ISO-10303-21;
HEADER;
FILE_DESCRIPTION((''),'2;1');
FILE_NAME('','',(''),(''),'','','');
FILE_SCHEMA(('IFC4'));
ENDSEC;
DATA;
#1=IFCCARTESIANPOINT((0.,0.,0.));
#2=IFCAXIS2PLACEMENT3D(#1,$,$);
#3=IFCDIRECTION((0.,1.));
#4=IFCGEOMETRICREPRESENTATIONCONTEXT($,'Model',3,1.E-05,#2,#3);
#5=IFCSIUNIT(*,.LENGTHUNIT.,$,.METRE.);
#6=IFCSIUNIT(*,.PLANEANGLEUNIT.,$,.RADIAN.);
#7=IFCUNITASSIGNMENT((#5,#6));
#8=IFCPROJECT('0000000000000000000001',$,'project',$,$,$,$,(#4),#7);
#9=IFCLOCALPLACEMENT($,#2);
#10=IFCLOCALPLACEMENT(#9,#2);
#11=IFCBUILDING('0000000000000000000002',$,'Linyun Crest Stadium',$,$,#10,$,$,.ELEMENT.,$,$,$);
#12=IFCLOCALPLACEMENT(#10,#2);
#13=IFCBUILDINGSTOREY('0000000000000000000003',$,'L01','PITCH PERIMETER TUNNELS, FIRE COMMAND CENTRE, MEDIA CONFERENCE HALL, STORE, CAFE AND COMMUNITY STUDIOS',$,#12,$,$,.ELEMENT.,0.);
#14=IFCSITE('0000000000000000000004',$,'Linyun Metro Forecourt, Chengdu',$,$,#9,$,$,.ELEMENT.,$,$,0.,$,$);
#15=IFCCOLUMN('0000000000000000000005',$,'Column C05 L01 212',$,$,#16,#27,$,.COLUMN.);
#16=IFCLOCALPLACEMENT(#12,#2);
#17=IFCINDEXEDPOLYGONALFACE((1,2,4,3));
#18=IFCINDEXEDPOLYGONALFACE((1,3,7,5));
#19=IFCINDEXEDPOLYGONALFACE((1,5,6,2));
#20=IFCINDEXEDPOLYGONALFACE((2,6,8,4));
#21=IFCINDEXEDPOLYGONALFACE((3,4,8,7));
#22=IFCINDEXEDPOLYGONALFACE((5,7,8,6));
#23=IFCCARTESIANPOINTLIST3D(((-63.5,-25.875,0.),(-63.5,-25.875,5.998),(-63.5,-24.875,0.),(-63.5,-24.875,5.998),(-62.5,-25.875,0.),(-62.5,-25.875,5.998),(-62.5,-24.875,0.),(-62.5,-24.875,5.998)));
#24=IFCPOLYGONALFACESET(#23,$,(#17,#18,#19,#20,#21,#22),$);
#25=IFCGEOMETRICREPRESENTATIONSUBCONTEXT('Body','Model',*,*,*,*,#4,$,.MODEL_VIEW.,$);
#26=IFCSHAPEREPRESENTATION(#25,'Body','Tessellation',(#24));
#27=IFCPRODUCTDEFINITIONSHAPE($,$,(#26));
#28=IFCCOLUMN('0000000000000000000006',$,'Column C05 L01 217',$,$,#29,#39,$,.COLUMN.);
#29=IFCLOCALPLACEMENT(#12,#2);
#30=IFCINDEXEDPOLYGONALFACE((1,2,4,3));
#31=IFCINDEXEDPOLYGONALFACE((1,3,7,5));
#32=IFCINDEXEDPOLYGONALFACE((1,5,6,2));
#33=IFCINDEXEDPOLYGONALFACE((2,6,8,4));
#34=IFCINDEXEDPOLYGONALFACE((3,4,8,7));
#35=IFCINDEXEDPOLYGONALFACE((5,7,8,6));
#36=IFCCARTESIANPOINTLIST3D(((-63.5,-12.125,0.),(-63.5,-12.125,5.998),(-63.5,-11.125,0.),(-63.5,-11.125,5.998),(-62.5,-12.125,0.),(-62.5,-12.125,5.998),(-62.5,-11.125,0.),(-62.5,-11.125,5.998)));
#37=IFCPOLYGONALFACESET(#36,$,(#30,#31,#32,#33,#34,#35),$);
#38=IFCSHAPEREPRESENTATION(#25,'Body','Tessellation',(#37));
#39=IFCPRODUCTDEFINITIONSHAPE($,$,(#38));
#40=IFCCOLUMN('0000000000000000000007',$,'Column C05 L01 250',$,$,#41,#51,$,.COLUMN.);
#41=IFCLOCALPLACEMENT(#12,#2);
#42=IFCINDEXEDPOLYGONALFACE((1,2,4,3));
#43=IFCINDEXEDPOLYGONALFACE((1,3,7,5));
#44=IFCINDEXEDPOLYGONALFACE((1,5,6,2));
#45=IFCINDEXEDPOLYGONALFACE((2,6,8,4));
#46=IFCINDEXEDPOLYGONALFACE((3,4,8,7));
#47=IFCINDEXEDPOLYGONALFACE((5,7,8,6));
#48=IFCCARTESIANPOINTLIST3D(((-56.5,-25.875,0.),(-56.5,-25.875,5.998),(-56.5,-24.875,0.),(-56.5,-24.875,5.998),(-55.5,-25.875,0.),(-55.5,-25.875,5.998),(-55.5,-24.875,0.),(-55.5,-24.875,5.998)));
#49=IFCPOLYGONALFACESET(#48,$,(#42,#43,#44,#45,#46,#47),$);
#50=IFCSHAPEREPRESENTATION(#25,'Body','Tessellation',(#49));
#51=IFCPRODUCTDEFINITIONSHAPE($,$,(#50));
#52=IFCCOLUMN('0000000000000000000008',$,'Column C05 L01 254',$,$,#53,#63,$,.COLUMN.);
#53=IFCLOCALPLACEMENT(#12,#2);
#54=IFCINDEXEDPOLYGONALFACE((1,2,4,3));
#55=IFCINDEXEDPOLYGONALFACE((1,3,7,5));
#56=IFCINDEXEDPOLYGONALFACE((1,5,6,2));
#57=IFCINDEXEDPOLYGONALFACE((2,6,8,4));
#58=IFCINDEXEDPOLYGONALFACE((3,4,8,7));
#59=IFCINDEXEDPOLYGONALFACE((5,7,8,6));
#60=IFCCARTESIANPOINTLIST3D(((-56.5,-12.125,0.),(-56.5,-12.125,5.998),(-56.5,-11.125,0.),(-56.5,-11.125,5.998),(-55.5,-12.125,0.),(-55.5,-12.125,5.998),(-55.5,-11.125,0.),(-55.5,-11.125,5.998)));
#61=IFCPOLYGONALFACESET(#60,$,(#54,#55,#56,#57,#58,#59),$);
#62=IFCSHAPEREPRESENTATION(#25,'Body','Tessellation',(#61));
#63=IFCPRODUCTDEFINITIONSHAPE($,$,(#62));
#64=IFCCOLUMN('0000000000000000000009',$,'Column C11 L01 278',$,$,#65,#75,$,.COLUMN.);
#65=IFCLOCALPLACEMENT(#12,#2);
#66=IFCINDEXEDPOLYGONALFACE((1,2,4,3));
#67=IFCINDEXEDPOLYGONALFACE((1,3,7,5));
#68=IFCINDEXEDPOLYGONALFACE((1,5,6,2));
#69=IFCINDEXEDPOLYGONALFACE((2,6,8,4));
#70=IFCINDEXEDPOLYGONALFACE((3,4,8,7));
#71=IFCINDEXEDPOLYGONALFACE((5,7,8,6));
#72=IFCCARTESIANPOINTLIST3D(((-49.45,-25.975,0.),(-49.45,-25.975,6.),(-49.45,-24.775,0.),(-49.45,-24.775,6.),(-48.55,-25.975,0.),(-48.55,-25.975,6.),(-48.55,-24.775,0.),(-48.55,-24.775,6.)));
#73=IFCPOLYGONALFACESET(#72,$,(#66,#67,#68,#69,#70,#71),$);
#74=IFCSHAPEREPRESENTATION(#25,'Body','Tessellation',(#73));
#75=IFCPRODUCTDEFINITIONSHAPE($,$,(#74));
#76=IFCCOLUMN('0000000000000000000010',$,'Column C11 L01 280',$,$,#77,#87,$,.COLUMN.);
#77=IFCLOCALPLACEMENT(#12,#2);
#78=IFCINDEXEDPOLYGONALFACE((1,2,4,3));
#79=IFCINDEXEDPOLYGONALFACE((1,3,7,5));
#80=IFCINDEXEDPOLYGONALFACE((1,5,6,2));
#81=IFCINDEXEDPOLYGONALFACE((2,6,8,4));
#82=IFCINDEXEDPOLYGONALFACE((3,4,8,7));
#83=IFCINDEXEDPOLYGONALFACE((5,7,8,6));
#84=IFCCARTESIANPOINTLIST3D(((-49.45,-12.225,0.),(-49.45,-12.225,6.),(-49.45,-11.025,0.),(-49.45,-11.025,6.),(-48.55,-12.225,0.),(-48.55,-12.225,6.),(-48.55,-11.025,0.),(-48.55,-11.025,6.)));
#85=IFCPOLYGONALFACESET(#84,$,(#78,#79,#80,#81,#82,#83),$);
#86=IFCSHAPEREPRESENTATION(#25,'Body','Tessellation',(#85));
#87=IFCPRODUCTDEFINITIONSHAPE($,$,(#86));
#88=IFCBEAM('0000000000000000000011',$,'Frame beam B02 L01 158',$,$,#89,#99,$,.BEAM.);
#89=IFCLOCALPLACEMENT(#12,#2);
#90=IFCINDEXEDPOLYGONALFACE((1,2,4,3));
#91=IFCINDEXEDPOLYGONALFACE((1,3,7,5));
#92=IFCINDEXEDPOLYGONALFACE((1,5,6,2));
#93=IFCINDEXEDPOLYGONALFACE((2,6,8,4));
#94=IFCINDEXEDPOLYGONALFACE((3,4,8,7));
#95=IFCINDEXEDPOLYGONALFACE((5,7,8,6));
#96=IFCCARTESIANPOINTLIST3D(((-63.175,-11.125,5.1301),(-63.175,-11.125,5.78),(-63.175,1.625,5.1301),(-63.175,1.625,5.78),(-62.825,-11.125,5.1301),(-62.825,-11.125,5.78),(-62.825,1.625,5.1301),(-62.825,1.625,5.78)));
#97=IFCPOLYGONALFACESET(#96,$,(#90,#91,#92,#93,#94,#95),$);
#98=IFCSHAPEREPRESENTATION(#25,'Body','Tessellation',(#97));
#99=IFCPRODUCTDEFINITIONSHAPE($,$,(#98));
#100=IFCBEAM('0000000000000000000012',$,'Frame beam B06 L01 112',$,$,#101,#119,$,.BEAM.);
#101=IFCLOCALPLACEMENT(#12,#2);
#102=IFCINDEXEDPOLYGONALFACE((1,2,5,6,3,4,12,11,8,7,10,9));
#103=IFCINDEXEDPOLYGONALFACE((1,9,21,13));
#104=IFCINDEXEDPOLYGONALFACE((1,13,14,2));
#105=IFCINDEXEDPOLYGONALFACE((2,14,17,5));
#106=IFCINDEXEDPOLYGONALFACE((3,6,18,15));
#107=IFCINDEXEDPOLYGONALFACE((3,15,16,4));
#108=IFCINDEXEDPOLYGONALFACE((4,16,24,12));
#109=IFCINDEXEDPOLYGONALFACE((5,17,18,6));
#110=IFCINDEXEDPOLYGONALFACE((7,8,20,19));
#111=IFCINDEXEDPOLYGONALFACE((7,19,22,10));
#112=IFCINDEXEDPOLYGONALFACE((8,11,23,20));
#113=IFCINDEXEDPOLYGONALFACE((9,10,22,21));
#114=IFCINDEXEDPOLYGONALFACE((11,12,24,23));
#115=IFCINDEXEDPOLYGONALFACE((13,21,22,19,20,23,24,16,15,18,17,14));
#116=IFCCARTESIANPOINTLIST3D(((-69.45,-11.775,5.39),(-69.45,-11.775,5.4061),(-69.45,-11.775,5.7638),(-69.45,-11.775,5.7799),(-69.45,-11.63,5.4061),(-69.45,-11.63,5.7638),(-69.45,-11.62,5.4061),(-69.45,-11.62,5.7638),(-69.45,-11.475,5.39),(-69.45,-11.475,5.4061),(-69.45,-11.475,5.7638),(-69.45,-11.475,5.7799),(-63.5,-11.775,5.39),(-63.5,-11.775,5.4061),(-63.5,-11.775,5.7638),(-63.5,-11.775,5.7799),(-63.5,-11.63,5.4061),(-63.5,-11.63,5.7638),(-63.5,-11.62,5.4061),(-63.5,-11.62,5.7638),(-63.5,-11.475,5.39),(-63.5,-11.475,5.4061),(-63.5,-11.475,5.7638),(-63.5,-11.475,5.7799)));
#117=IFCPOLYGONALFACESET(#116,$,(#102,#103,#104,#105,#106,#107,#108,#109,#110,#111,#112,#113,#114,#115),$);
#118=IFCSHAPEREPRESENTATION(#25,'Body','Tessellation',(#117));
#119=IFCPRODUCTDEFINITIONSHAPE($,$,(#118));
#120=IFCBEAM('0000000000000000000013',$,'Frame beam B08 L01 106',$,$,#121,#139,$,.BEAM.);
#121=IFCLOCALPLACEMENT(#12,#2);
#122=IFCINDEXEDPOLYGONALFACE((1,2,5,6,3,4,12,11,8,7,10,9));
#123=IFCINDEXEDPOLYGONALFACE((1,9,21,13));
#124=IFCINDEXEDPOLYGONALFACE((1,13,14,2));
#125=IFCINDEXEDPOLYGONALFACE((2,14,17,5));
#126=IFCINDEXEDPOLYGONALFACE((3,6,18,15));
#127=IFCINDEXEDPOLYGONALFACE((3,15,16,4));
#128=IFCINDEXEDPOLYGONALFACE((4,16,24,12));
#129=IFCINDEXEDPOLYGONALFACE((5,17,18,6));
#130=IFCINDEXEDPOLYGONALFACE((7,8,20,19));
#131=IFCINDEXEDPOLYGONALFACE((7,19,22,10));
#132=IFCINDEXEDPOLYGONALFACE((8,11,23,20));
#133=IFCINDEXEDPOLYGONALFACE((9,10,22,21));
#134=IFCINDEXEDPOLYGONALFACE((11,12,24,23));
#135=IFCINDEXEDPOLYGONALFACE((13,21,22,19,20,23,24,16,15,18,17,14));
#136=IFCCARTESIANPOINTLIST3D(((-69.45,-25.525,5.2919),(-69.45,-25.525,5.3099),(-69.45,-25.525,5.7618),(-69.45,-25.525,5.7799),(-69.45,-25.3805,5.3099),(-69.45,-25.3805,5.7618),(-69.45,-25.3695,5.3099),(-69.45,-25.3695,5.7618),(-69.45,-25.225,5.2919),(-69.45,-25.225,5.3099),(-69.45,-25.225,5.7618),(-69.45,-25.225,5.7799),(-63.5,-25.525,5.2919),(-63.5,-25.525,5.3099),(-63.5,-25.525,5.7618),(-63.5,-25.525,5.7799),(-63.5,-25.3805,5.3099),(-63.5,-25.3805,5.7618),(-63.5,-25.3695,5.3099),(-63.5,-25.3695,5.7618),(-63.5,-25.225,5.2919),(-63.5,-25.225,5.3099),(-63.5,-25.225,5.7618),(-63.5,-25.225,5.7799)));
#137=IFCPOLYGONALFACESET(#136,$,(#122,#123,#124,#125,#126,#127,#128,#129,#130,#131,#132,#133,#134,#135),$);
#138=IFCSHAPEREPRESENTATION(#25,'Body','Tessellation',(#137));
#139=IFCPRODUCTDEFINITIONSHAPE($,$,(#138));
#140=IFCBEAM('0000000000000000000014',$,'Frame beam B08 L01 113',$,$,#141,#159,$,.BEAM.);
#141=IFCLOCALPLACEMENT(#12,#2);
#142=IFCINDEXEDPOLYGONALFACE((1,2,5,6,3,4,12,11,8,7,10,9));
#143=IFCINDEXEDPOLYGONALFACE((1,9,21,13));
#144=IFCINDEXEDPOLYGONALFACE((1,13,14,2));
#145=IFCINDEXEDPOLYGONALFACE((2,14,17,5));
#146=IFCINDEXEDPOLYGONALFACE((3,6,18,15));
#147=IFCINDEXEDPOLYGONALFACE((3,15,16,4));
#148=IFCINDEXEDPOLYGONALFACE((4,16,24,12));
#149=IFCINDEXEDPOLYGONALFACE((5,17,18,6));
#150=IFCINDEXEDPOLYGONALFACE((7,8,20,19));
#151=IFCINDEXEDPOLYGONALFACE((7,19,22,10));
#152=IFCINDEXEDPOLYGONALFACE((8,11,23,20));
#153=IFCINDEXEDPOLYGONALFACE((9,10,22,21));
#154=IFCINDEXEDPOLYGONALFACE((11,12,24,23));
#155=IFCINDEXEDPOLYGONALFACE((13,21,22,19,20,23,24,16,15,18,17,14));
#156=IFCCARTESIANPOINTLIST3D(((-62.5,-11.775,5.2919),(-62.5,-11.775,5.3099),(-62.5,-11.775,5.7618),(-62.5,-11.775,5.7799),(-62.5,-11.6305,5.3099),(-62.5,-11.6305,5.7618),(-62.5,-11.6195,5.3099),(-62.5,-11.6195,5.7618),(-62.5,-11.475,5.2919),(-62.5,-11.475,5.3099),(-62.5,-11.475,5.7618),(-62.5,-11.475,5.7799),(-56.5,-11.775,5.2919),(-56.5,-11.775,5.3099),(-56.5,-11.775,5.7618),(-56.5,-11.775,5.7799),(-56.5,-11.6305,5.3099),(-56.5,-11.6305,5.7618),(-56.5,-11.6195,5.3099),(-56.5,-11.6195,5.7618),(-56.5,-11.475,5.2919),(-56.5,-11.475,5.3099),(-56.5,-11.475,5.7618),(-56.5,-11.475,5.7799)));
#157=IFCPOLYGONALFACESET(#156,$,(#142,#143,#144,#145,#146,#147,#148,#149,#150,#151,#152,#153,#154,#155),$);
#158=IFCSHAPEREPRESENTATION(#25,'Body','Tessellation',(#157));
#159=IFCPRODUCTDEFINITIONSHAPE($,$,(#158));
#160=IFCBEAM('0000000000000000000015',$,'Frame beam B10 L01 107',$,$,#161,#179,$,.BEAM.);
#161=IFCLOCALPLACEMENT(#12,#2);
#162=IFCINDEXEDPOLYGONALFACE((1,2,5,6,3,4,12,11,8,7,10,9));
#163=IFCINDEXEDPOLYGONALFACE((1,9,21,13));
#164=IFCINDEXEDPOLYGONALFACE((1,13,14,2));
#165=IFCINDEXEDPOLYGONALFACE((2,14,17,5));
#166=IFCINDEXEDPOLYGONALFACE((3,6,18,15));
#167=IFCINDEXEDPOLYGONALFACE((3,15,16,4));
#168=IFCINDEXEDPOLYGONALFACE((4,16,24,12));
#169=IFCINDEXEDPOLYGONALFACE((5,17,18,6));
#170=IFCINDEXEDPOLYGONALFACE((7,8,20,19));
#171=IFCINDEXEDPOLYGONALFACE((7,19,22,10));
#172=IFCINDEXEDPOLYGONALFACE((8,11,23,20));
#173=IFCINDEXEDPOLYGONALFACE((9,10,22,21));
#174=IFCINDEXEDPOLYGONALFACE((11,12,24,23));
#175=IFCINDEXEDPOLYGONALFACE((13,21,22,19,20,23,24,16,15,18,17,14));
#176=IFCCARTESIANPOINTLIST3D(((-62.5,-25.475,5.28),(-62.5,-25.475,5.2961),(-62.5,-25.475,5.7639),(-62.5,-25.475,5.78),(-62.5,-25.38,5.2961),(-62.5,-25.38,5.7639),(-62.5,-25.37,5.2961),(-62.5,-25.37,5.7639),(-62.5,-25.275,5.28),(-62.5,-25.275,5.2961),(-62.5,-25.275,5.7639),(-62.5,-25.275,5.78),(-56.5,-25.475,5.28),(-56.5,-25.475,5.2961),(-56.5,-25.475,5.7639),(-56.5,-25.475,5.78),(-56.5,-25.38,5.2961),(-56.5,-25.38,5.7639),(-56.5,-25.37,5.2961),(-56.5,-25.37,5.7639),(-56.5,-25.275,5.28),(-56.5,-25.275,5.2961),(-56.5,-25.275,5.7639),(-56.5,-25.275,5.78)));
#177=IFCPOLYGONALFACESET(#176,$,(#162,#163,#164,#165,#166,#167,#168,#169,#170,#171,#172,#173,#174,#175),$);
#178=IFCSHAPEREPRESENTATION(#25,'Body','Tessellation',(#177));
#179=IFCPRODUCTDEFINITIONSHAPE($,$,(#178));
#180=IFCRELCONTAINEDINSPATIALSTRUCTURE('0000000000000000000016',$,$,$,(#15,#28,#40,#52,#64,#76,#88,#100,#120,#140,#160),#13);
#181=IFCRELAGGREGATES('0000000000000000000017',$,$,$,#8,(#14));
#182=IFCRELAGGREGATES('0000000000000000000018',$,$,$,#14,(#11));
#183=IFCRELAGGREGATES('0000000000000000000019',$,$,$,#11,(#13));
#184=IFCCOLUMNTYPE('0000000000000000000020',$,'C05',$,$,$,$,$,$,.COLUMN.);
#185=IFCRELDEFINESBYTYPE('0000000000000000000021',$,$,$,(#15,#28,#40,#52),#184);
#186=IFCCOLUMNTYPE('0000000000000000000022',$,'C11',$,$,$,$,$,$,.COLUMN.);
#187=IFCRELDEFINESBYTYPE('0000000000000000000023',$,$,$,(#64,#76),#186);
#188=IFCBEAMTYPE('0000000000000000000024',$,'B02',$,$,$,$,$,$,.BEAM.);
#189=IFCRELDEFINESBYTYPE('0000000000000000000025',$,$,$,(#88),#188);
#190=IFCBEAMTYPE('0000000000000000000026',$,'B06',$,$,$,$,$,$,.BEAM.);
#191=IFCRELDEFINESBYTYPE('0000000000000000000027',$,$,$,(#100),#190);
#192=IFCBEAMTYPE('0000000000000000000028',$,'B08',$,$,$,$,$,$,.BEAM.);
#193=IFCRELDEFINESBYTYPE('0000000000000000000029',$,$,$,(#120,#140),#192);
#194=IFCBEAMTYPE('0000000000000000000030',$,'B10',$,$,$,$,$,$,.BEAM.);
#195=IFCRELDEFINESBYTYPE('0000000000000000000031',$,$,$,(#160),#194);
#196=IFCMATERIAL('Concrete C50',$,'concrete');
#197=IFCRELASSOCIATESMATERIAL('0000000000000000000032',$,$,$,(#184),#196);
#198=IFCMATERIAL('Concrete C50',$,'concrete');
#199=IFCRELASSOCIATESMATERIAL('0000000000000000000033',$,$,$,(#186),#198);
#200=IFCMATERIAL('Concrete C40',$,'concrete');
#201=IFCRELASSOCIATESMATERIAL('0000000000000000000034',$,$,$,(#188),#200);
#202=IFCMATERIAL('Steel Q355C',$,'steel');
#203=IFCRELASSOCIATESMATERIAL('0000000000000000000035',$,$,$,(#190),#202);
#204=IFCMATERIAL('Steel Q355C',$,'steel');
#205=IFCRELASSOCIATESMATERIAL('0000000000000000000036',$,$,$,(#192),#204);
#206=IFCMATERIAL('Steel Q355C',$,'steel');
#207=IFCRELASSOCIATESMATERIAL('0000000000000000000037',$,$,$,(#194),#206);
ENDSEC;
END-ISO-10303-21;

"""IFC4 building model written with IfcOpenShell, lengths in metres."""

from ifc_helpers import new_model, si_unit, direction, frame, origin, origin_2d, place, context, subcontext, project, spatial, rectangle, i_section, extrude, material, material_profile, profile_set, type_object, element, save


model = new_model("IFC4")

# Units and contexts
model_context = context("Model", 3, precision=1e-05, world=origin(), true_north=direction((0.0, 1.0)))
body_context = subcontext(model_context, "Body", "Model", "MODEL_VIEW")
ifc_project = project(units=[si_unit("LENGTHUNIT", "METRE"), si_unit("PLANEANGLEUNIT", "RADIAN")], contexts=[model_context])

# Site, building, storey
site_placement = place(None, origin())
site = spatial("IfcSite", under=ifc_project, at=site_placement, Name="Linyun Metro Forecourt, Chengdu", CompositionType="ELEMENT", RefElevation=0.0)
building_placement = place(site_placement, origin())
building = spatial("IfcBuilding", under=site, at=building_placement, Name="Linyun Crest Stadium", CompositionType="ELEMENT")
storey_placement = place(building_placement, origin())
storey = spatial("IfcBuildingStorey", under=building, at=storey_placement, Name="L01", Description="PITCH PERIMETER TUNNELS, FIRE COMMAND CENTRE, MEDIA CONFERENCE HALL, STORE, CAFE AND COMMUNITY STUDIOS", CompositionType="ELEMENT", Elevation=0.0)

# Columns
ifc_material_1 = material(Name="Concrete C50", Category="concrete")
ifc_material_profile_1 = material_profile(ifc_material_1, rectangle(XDim=1.0, YDim=1.0, at=origin_2d()), Name="RC 1000x1000")
ifc_profile_set_1 = profile_set([ifc_material_profile_1], Name="Concrete C50")
column_type_1 = type_object("IfcColumnType", Name="C05", PredefinedType="COLUMN", material=ifc_profile_set_1)
for number, where, z_axis, x_axis, name in (
    (1, (-63.0, -25.375, 0.0), (0.0, 0.0, 1.0), (1.0, 0.0, 0.0), "Column C05 L01 212"),
    (2, (-63.0, -11.625, 0.0), (0.0, 0.0, 1.0), (1.0, 0.0, 0.0), "Column C05 L01 217"),
    (3, (-56.0, -25.375, 0.0), (0.0, 0.0, 1.0), (1.0, 0.0, 0.0), "Column C05 L01 250"),
    (4, (-56.0, -11.625, 0.0), (0.0, 0.0, 1.0), (1.0, 0.0, 0.0), "Column C05 L01 254"),
):
    element("IfcColumn", number, at=place(storey_placement, frame(where, z_axis=z_axis, x_axis=x_axis)), inside=storey, type_object=column_type_1, Name=name, PredefinedType="COLUMN", context=body_context, shape_type="SweptSolid", body=[
        extrude(rectangle(XDim=1.0, YDim=1.0, at=origin_2d()), origin(), (0.0, 0.0, 1.0), 5.998),
    ])
ifc_material_2 = material(Name="Concrete C50", Category="concrete")
ifc_material_profile_2 = material_profile(ifc_material_2, rectangle(XDim=0.8999, YDim=1.2, at=origin_2d()), Name="RC 1200x900")
ifc_profile_set_2 = profile_set([ifc_material_profile_2], Name="Concrete C50")
column_type_2 = type_object("IfcColumnType", Name="C11", PredefinedType="COLUMN", material=ifc_profile_set_2)
for number, where, z_axis, x_axis, name in (
    (5, (-49.0, -25.375, 0.0), (0.0, 0.0, 1.0), (1.0, 0.0, 0.0), "Column C11 L01 278"),
    (6, (-49.0, -11.625, 0.0), (0.0, 0.0, 1.0), (1.0, 0.0, 0.0), "Column C11 L01 280"),
):
    element("IfcColumn", number, at=place(storey_placement, frame(where, z_axis=z_axis, x_axis=x_axis)), inside=storey, type_object=column_type_2, Name=name, PredefinedType="COLUMN", context=body_context, shape_type="SweptSolid", body=[
        extrude(rectangle(XDim=0.8999, YDim=1.2, at=origin_2d()), origin(), (0.0, 0.0, 1.0), 6.0),
    ])

# Beams
ifc_material_3 = material(Name="Concrete C40", Category="concrete")
ifc_material_profile_3 = material_profile(ifc_material_3, rectangle(XDim=0.3501, YDim=0.6499, at=origin_2d()), Name="RCB 650x350")
ifc_profile_set_3 = profile_set([ifc_material_profile_3], Name="Concrete C40")
beam_type_1 = type_object("IfcBeamType", Name="B02", PredefinedType="BEAM", material=ifc_profile_set_3)
beam_1_placement = place(storey_placement, frame((-63.0, -11.125, 5.4551), z_axis=(0.0, 1.0, 0.0), x_axis=(-1.0, 0.0, 0.0)))
element("IfcBeam", 7, at=beam_1_placement, inside=storey, type_object=beam_type_1, Name="Frame beam B02 L01 158", PredefinedType="BEAM", context=body_context, shape_type="SweptSolid", body=[
    extrude(rectangle(XDim=0.3501, YDim=0.6499, at=origin_2d()), origin(), (0.0, 0.0, 1.0), 12.75),
])
ifc_material_4 = material(Name="Steel Q355C", Category="steel")
ifc_material_profile_4 = material_profile(ifc_material_4, i_section(OverallWidth=0.3, OverallDepth=0.3899, WebThickness=0.01, FlangeThickness=0.0161, at=origin_2d()), Name="HM 390x300")
ifc_profile_set_4 = profile_set([ifc_material_profile_4], Name="Steel Q355C")
beam_type_2 = type_object("IfcBeamType", Name="B06", PredefinedType="BEAM", material=ifc_profile_set_4)
beam_2_placement = place(storey_placement, frame((-69.45, -11.625, 5.585), z_axis=(1.0, 0.0, 0.0), x_axis=(0.0, 1.0, 0.0)))
element("IfcBeam", 8, at=beam_2_placement, inside=storey, type_object=beam_type_2, Name="Frame beam B06 L01 112", PredefinedType="BEAM", context=body_context, shape_type="SweptSolid", body=[
    extrude(i_section(OverallWidth=0.3, OverallDepth=0.3899, WebThickness=0.01, FlangeThickness=0.0161, at=origin_2d()), origin(), (0.0, 0.0, 1.0), 5.95),
])
ifc_material_5 = material(Name="Steel Q355C", Category="steel")
ifc_material_profile_5 = material_profile(ifc_material_5, i_section(OverallWidth=0.3, OverallDepth=0.488, WebThickness=0.011, FlangeThickness=0.0181, at=origin_2d()), Name="HM 488x300")
ifc_profile_set_5 = profile_set([ifc_material_profile_5], Name="Steel Q355C")
beam_type_3 = type_object("IfcBeamType", Name="B08", PredefinedType="BEAM", material=ifc_profile_set_5)
beam_3_placement = place(storey_placement, frame((-69.45, -25.375, 5.5359), z_axis=(1.0, 0.0, 0.0), x_axis=(0.0, 1.0, 0.0)))
element("IfcBeam", 9, at=beam_3_placement, inside=storey, type_object=beam_type_3, Name="Frame beam B08 L01 106", PredefinedType="BEAM", context=body_context, shape_type="SweptSolid", body=[
    extrude(i_section(OverallWidth=0.3, OverallDepth=0.488, WebThickness=0.011, FlangeThickness=0.0181, at=origin_2d()), origin(), (0.0, 0.0, 1.0), 5.95),
])
beam_4_placement = place(storey_placement, frame((-62.5, -11.625, 5.5359), z_axis=(1.0, 0.0, 0.0), x_axis=(0.0, 1.0, 0.0)))
element("IfcBeam", 10, at=beam_4_placement, inside=storey, type_object=beam_type_3, Name="Frame beam B08 L01 113", PredefinedType="BEAM", context=body_context, shape_type="SweptSolid", body=[
    extrude(i_section(OverallWidth=0.3, OverallDepth=0.488, WebThickness=0.011, FlangeThickness=0.0181, at=origin_2d()), origin(), (0.0, 0.0, 1.0), 6.0),
])
ifc_material_6 = material(Name="Steel Q355C", Category="steel")
ifc_material_profile_6 = material_profile(ifc_material_6, i_section(OverallWidth=0.2, OverallDepth=0.5, WebThickness=0.01, FlangeThickness=0.0161, at=origin_2d()), Name="HN 500x200")
ifc_profile_set_6 = profile_set([ifc_material_profile_6], Name="Steel Q355C")
beam_type_4 = type_object("IfcBeamType", Name="B10", PredefinedType="BEAM", material=ifc_profile_set_6)
beam_5_placement = place(storey_placement, frame((-62.5, -25.375, 5.53), z_axis=(1.0, 0.0, 0.0), x_axis=(0.0, 1.0, 0.0)))
element("IfcBeam", 11, at=beam_5_placement, inside=storey, type_object=beam_type_4, Name="Frame beam B10 L01 107", PredefinedType="BEAM", context=body_context, shape_type="SweptSolid", body=[
    extrude(i_section(OverallWidth=0.2, OverallDepth=0.5, WebThickness=0.01, FlangeThickness=0.0161, at=origin_2d()), origin(), (0.0, 0.0, 1.0), 6.0),
])

save(model, "model.ifc")
